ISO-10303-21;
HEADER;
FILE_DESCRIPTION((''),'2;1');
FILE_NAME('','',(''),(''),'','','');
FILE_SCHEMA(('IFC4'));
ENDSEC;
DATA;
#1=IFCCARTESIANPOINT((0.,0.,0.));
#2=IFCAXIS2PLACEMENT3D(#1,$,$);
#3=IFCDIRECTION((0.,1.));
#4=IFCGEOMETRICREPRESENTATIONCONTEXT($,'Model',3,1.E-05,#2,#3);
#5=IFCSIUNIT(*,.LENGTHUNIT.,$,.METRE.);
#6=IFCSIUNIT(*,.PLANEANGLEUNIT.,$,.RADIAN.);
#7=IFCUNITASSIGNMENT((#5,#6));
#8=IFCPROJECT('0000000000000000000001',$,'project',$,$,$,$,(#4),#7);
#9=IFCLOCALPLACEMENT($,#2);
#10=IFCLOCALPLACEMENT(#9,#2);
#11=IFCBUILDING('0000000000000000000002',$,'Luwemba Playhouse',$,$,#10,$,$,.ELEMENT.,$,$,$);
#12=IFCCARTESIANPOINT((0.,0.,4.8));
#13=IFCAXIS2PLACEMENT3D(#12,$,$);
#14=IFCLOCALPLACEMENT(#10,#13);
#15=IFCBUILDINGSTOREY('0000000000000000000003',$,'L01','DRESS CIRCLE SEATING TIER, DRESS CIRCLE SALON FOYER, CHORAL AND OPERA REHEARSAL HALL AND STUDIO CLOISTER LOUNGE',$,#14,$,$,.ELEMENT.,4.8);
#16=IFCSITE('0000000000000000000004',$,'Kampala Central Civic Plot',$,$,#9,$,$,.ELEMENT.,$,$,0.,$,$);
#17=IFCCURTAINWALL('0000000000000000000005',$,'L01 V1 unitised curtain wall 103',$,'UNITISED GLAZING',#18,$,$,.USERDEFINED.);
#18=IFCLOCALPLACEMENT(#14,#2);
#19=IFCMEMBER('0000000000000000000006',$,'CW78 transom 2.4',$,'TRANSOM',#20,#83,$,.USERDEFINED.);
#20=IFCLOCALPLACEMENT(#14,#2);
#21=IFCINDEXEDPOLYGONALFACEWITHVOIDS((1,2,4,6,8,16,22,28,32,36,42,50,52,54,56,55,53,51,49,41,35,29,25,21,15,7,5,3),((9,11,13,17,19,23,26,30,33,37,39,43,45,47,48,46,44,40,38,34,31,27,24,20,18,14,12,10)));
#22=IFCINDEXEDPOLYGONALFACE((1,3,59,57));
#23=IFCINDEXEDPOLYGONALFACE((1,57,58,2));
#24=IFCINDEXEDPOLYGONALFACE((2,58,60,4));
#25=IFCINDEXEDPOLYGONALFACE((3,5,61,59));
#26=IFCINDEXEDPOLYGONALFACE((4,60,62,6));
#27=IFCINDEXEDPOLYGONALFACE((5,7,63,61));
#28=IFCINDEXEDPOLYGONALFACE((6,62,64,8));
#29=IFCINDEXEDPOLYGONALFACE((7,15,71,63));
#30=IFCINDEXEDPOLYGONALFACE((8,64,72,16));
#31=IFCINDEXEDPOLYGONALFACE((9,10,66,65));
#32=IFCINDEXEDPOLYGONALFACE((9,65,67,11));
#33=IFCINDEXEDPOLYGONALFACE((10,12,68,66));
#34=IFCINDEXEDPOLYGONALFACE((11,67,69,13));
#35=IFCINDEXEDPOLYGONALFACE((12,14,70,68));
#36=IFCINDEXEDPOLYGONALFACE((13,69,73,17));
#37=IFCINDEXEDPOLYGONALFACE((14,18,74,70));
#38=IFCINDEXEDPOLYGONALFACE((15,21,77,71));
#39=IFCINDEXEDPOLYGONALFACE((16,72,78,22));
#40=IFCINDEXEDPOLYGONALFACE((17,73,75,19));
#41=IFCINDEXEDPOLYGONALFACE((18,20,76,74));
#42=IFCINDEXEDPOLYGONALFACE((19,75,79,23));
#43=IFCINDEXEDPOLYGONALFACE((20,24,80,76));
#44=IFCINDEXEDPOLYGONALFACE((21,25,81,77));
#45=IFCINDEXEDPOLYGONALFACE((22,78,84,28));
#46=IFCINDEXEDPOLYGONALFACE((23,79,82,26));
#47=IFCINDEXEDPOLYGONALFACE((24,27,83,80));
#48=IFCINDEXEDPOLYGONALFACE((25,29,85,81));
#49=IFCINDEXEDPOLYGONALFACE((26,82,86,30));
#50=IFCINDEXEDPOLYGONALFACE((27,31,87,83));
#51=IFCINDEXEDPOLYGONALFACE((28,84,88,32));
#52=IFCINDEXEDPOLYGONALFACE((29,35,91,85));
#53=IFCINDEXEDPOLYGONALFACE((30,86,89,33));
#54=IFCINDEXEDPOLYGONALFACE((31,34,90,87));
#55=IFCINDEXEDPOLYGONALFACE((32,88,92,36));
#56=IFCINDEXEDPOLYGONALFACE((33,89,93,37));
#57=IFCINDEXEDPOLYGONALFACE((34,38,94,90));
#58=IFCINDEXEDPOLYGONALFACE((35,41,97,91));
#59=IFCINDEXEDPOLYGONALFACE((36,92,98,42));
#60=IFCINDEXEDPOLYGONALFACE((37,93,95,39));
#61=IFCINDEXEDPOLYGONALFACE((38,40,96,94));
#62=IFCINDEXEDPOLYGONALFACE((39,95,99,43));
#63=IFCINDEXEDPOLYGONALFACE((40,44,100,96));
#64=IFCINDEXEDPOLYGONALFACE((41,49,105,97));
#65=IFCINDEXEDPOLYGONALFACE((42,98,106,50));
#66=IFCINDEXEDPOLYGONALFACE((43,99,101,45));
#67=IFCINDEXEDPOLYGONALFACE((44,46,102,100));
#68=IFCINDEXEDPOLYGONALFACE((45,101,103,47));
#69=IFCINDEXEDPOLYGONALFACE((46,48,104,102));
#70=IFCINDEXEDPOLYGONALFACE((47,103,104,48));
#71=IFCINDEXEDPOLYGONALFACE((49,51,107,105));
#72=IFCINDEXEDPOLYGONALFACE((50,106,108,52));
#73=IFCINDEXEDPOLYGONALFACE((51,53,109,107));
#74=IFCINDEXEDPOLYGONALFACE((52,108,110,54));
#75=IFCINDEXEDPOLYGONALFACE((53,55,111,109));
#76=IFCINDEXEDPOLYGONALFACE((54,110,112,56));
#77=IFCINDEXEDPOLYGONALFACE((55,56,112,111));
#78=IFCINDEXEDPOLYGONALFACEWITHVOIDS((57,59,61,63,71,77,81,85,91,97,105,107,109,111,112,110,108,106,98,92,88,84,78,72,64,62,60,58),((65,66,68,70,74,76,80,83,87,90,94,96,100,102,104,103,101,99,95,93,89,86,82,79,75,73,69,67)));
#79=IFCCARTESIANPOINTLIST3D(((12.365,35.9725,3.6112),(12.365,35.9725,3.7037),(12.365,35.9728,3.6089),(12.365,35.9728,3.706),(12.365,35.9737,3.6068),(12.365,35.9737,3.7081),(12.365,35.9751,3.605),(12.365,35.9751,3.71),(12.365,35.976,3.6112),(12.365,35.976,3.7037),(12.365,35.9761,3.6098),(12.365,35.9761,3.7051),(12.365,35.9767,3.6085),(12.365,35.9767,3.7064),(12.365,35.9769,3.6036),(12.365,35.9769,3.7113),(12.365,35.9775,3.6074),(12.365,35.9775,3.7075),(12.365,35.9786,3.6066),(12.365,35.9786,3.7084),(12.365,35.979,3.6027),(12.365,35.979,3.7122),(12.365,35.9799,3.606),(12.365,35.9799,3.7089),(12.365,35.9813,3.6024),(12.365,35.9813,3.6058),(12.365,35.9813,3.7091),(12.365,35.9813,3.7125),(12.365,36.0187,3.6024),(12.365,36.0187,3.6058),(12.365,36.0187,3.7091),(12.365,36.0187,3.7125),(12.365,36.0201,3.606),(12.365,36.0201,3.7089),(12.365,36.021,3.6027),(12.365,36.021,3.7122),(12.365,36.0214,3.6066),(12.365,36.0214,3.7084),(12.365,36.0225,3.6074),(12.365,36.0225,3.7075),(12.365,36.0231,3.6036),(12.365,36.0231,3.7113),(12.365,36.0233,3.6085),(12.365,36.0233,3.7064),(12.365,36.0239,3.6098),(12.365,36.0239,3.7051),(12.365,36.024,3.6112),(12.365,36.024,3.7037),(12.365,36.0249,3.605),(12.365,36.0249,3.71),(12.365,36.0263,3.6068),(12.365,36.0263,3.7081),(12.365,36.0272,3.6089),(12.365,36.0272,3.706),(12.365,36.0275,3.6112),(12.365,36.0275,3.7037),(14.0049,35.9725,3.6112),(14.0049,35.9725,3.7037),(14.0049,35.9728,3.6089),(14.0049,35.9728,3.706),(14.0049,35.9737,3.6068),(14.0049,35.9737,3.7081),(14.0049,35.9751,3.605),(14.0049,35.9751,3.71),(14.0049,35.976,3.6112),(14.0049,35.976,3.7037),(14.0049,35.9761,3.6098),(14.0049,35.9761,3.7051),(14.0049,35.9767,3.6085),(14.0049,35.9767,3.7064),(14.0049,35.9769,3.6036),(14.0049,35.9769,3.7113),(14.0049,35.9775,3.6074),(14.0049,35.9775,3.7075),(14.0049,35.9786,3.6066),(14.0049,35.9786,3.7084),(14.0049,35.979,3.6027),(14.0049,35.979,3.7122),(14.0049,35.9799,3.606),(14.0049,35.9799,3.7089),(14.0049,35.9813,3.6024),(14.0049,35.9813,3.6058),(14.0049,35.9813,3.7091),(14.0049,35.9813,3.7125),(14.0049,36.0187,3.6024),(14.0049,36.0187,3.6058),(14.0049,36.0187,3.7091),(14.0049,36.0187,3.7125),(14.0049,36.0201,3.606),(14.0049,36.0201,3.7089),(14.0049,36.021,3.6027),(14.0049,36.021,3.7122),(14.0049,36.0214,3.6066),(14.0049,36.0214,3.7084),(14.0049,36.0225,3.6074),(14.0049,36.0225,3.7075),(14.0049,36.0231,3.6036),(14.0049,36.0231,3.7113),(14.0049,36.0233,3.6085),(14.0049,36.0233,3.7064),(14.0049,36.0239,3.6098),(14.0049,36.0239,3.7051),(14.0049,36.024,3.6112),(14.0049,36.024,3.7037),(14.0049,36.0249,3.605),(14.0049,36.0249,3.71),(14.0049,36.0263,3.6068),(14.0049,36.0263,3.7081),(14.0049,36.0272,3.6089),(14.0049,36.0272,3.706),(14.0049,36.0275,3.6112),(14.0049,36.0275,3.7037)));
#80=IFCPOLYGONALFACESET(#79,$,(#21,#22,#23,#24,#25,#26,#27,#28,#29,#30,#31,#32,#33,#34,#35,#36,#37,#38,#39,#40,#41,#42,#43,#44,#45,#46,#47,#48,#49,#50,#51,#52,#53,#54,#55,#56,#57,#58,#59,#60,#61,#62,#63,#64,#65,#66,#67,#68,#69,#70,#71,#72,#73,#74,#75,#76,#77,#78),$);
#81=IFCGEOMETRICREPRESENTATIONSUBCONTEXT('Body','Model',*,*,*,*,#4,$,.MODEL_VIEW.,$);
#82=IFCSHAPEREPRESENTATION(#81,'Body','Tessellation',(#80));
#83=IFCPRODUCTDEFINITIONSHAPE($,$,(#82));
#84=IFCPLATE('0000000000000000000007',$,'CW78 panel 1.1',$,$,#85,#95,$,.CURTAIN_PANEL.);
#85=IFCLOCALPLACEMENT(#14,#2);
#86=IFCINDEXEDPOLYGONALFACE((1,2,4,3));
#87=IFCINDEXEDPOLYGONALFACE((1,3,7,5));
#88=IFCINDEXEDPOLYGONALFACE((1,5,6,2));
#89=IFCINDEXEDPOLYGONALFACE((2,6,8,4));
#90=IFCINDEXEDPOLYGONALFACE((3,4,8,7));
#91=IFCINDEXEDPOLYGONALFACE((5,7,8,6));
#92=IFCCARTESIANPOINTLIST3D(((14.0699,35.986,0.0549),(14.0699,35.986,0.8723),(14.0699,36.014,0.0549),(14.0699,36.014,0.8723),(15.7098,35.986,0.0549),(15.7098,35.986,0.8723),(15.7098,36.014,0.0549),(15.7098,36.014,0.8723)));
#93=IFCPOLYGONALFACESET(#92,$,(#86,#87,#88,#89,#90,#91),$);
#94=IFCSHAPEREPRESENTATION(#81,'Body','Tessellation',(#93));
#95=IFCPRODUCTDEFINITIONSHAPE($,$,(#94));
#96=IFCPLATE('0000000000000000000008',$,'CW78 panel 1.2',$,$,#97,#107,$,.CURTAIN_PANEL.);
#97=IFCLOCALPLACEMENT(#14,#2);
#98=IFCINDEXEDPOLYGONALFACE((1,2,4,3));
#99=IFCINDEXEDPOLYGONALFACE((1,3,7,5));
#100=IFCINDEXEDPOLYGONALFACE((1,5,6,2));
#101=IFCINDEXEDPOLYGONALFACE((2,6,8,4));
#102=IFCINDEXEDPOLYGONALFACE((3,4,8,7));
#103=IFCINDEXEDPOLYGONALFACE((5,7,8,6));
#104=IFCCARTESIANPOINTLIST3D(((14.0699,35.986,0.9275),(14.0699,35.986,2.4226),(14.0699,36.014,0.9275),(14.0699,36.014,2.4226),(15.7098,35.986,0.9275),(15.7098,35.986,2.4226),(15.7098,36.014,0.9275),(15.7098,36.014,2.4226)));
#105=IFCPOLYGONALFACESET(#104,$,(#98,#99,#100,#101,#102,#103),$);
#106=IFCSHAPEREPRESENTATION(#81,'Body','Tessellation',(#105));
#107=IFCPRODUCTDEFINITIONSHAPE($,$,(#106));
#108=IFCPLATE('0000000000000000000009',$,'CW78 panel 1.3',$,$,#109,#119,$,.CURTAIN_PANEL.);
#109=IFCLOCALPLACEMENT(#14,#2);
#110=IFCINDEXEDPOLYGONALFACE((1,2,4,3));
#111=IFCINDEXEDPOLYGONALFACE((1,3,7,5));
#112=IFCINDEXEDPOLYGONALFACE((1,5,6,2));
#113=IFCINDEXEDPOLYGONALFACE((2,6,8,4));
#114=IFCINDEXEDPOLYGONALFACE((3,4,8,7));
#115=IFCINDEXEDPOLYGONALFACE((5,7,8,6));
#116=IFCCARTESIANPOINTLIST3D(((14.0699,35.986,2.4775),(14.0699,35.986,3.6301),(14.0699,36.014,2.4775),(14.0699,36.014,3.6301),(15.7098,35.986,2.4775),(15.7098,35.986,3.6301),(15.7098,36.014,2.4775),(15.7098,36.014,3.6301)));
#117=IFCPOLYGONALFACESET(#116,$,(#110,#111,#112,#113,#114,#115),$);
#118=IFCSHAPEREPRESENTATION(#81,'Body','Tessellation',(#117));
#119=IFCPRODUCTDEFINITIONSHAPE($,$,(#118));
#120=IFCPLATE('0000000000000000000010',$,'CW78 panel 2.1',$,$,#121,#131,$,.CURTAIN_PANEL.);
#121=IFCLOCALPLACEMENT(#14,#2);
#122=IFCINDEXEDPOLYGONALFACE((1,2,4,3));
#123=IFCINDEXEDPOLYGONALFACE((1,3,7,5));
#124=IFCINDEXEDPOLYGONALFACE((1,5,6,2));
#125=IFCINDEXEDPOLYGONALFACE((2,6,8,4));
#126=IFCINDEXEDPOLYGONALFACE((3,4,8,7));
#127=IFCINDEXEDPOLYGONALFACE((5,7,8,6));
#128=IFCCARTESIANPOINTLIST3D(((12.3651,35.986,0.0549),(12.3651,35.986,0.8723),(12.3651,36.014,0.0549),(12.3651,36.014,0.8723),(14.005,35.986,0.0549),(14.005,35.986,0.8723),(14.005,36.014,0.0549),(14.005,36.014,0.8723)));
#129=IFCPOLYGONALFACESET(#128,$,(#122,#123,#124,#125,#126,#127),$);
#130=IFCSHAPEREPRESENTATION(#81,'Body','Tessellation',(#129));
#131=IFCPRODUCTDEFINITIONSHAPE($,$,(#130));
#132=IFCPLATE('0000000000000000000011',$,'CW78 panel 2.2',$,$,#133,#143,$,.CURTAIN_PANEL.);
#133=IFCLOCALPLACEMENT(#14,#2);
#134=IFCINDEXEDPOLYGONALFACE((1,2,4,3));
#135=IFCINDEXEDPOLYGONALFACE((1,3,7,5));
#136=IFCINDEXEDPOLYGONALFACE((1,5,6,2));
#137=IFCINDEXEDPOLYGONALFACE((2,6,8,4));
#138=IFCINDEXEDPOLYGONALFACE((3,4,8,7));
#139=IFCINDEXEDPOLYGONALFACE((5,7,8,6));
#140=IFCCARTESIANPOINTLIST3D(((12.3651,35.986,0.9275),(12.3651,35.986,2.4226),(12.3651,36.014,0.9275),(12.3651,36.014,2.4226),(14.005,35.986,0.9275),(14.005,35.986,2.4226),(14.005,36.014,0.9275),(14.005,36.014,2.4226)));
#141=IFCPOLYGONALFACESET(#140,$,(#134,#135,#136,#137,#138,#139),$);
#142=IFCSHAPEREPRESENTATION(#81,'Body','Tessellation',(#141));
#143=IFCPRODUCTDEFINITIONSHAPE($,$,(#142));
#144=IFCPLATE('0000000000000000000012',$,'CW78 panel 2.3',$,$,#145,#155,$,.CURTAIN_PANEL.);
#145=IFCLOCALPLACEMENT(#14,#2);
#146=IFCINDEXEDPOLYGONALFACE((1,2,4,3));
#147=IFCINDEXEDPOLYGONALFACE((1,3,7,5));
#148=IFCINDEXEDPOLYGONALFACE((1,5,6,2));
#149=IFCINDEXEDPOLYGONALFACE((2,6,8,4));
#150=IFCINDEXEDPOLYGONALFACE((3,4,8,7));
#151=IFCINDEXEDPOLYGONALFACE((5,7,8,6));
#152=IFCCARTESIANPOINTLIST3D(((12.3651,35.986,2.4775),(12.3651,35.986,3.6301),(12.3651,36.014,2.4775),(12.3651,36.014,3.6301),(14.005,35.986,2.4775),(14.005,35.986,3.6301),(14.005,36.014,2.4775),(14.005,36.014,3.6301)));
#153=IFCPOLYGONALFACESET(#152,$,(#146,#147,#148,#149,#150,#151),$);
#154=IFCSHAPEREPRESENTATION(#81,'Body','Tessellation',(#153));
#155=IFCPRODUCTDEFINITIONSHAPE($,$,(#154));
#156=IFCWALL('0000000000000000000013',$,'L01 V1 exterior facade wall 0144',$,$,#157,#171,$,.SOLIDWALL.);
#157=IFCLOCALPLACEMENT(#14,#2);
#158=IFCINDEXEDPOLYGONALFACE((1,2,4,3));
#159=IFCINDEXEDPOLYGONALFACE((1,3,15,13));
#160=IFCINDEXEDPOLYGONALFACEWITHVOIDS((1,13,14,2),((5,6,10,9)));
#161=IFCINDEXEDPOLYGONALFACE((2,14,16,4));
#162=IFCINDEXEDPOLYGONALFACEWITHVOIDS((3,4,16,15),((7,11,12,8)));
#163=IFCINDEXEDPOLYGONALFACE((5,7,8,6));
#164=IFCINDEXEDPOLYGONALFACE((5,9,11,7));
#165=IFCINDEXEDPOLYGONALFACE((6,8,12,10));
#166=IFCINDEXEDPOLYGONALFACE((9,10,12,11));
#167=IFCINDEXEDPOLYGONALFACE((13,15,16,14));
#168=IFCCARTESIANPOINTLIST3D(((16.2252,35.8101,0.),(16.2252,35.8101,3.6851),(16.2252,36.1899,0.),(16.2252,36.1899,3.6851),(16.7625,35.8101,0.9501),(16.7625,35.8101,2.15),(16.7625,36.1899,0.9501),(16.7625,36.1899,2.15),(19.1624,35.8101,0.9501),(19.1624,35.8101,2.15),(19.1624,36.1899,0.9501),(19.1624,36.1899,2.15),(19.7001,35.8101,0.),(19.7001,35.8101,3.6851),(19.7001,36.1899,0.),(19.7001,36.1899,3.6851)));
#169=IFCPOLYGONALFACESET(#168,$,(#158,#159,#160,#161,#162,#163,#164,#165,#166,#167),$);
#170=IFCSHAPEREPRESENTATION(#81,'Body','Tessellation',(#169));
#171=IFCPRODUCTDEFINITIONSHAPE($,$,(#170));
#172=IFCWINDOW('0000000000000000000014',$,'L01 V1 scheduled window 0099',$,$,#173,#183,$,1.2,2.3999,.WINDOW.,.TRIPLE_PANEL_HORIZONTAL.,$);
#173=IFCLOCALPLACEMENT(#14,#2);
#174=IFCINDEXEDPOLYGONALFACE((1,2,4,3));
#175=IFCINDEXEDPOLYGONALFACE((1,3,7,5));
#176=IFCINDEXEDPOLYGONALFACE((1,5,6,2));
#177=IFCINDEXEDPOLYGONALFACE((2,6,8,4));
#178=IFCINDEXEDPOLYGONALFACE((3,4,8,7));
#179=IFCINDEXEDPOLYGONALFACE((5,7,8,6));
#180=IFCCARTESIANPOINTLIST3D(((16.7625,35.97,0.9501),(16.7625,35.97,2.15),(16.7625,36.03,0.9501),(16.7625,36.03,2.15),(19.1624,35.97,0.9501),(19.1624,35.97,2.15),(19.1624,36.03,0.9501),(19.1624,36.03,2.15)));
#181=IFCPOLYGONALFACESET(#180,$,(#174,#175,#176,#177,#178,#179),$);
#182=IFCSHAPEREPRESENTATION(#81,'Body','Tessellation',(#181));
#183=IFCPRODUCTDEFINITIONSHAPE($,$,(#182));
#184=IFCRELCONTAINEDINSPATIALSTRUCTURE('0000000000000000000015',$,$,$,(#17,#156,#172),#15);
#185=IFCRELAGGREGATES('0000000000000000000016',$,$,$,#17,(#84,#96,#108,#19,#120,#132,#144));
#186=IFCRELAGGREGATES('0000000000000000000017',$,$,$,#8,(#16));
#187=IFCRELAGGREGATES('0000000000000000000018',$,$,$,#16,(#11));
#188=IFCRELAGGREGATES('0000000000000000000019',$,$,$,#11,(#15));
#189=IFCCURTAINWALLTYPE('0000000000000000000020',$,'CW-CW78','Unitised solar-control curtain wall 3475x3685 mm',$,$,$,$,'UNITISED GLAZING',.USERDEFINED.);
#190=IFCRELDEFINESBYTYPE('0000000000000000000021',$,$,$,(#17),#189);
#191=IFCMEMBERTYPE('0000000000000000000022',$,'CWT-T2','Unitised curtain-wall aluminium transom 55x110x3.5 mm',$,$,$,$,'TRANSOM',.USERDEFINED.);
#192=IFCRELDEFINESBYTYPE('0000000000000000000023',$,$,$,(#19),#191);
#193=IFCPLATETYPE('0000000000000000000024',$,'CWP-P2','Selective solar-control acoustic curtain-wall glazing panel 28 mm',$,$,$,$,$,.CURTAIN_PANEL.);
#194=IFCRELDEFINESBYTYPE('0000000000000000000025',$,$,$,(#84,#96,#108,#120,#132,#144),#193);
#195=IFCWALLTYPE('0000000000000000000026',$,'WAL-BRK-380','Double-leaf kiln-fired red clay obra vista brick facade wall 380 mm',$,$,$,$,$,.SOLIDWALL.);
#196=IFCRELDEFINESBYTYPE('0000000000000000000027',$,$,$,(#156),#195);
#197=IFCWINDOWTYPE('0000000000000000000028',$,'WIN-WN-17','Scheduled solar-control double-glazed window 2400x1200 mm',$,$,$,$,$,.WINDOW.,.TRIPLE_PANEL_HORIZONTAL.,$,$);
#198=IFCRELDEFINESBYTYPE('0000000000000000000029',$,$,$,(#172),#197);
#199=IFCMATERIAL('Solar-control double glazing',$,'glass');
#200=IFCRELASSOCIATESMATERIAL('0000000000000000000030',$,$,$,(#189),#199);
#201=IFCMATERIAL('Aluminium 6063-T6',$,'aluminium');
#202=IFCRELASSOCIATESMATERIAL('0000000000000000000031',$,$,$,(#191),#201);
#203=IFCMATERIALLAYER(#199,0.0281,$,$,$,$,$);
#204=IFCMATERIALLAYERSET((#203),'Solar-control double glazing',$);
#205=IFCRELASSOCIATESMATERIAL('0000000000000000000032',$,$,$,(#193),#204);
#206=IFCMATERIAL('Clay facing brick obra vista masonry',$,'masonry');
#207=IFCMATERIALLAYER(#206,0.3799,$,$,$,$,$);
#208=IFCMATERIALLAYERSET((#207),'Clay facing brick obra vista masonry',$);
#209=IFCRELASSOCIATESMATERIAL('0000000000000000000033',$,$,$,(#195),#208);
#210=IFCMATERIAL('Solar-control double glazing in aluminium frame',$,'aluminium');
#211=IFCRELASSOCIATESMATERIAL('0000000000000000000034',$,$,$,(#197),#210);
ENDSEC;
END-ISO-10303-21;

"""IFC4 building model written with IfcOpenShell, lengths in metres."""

from ifc_helpers import new_model, si_unit, direction, frame, frame_2d, origin, origin_2d, place, context, subcontext, project, spatial, rectangle, hollow_rectangle, extrude, material, layer, layer_set, material_profile, profile_set, type_object, element, fill, aggregate, save


model = new_model("IFC4")

# Units and contexts
model_context = context("Model", 3, precision=1e-05, world=origin(), true_north=direction((0.0, 1.0)))
body_context = subcontext(model_context, "Body", "Model", "MODEL_VIEW")
ifc_project = project(units=[si_unit("LENGTHUNIT", "METRE"), si_unit("PLANEANGLEUNIT", "RADIAN")], contexts=[model_context])

# Site, building, storey
site_placement = place(None, origin())
site = spatial("IfcSite", under=ifc_project, at=site_placement, Name="Kampala Central Civic Plot", CompositionType="ELEMENT", RefElevation=0.0)
building_placement = place(site_placement, origin())
building = spatial("IfcBuilding", under=site, at=building_placement, Name="Luwemba Playhouse", CompositionType="ELEMENT")
storey_placement = place(building_placement, frame((0.0, 0.0, 4.8)))
storey = spatial("IfcBuildingStorey", under=building, at=storey_placement, Name="L01", Description="DRESS CIRCLE SEATING TIER, DRESS CIRCLE SALON FOYER, CHORAL AND OPERA REHEARSAL HALL AND STUDIO CLOISTER LOUNGE", CompositionType="ELEMENT", Elevation=4.8)

# Curtain wall, member, plates
ifc_material_1 = material(Name="Solar-control double glazing", Category="glass")
curtain_wall_type = type_object("IfcCurtainWallType", Name="CW-CW78", Description="Unitised solar-control curtain wall 3475x3685 mm", ElementType="UNITISED GLAZING", PredefinedType="USERDEFINED", material=ifc_material_1)
curtain_wall_placement = place(storey_placement, origin())
curtain_wall = element("IfcCurtainWall", 1, at=curtain_wall_placement, inside=storey, type_object=curtain_wall_type, Name="L01 V1 unitised curtain wall 103", ObjectType="UNITISED GLAZING", PredefinedType="USERDEFINED")
ifc_material_2 = material(Name="Aluminium 6063-T6", Category="aluminium")
ifc_material_profile_1 = material_profile(ifc_material_2, hollow_rectangle(XDim=0.0549, YDim=0.1101, WallThickness=0.0034, InnerFilletRadius=0.0054, OuterFilletRadius=0.0088, at=origin_2d()))
ifc_profile_set_1 = profile_set([ifc_material_profile_1], Name="Aluminium 6063-T6")
member_type_1 = type_object("IfcMemberType", Name="CWT-T2", Description="Unitised curtain-wall aluminium transom 55x110x3.5 mm", ElementType="TRANSOM", PredefinedType="USERDEFINED", material=ifc_profile_set_1)
member_1_placement = place(storey_placement, frame((14.0049, 36.0, 3.6575), z_axis=(-1.0, 0.0, 0.0), x_axis=(0.0, -1.0, 0.0)))
member_1 = element("IfcMember", 2, at=member_1_placement, type_object=member_type_1, Name="CW78 transom 2.4", ObjectType="TRANSOM", PredefinedType="USERDEFINED", context=body_context, shape_type="SweptSolid", body=[
    extrude(hollow_rectangle(XDim=0.0549, YDim=0.1101, WallThickness=0.0034, InnerFilletRadius=0.0054, OuterFilletRadius=0.0088, at=origin_2d()), origin(), (0.0, 0.0, 1.0), 1.6399),
])
ifc_layer_1 = layer(ifc_material_1, 0.0281)
ifc_layer_set_1 = layer_set([ifc_layer_1], Name="Solar-control double glazing")
plate_type = type_object("IfcPlateType", Name="CWP-P2", Description="Selective solar-control acoustic curtain-wall glazing panel 28 mm", PredefinedType="CURTAIN_PANEL", material=ifc_layer_set_1)
plate_1_placement = place(storey_placement, frame((14.8899, 36.0, 0.0549), z_axis=(0.0, 0.0, 1.0), x_axis=(-1.0, 0.0, 0.0)))
plate_1 = element("IfcPlate", 3, at=plate_1_placement, type_object=plate_type, Name="CW78 panel 1.1", PredefinedType="CURTAIN_PANEL", context=body_context, shape_type="SweptSolid", body=[
    extrude(rectangle(XDim=1.6399, YDim=0.0281, at=origin_2d()), origin(), (0.0, 0.0, 1.0), 0.8174),
])
plate_2_placement = place(storey_placement, frame((14.8899, 36.0, 0.9275), z_axis=(0.0, 0.0, 1.0), x_axis=(-1.0, 0.0, 0.0)))
plate_2 = element("IfcPlate", 4, at=plate_2_placement, type_object=plate_type, Name="CW78 panel 1.2", PredefinedType="CURTAIN_PANEL", context=body_context, shape_type="SweptSolid", body=[
    extrude(rectangle(XDim=1.6399, YDim=0.0281, at=origin_2d()), origin(), (0.0, 0.0, 1.0), 1.4951),
])
plate_3_placement = place(storey_placement, frame((14.8899, 36.0, 2.4775), z_axis=(0.0, 0.0, 1.0), x_axis=(-1.0, 0.0, 0.0)))
plate_3 = element("IfcPlate", 5, at=plate_3_placement, type_object=plate_type, Name="CW78 panel 1.3", PredefinedType="CURTAIN_PANEL", context=body_context, shape_type="SweptSolid", body=[
    extrude(rectangle(XDim=1.6399, YDim=0.0281, at=origin_2d()), origin(), (0.0, 0.0, 1.0), 1.1526),
])
plate_4_placement = place(storey_placement, frame((13.1851, 36.0, 0.0549), z_axis=(0.0, 0.0, 1.0), x_axis=(-1.0, 0.0, 0.0)))
plate_4 = element("IfcPlate", 6, at=plate_4_placement, type_object=plate_type, Name="CW78 panel 2.1", PredefinedType="CURTAIN_PANEL", context=body_context, shape_type="SweptSolid", body=[
    extrude(rectangle(XDim=1.6399, YDim=0.0281, at=origin_2d()), origin(), (0.0, 0.0, 1.0), 0.8174),
])
plate_5_placement = place(storey_placement, frame((13.1851, 36.0, 0.9275), z_axis=(0.0, 0.0, 1.0), x_axis=(-1.0, 0.0, 0.0)))
plate_5 = element("IfcPlate", 7, at=plate_5_placement, type_object=plate_type, Name="CW78 panel 2.2", PredefinedType="CURTAIN_PANEL", context=body_context, shape_type="SweptSolid", body=[
    extrude(rectangle(XDim=1.6399, YDim=0.0281, at=origin_2d()), origin(), (0.0, 0.0, 1.0), 1.4951),
])
plate_6_placement = place(storey_placement, frame((13.1851, 36.0, 2.4775), z_axis=(0.0, 0.0, 1.0), x_axis=(-1.0, 0.0, 0.0)))
plate_6 = element("IfcPlate", 8, at=plate_6_placement, type_object=plate_type, Name="CW78 panel 2.3", PredefinedType="CURTAIN_PANEL", context=body_context, shape_type="SweptSolid", body=[
    extrude(rectangle(XDim=1.6399, YDim=0.0281, at=origin_2d()), origin(), (0.0, 0.0, 1.0), 1.1526),
])
aggregate(curtain_wall, [plate_1, plate_2, plate_3, member_1, plate_4, plate_5, plate_6])

# Wall, opening, window
ifc_material_3 = material(Name="Clay facing brick obra vista masonry", Category="masonry")
ifc_layer_2 = layer(ifc_material_3, 0.3799)
ifc_layer_set_2 = layer_set([ifc_layer_2], Name="Clay facing brick obra vista masonry")
wall_type_1 = type_object("IfcWallType", Name="WAL-BRK-380", Description="Double-leaf kiln-fired red clay obra vista brick facade wall 380 mm", PredefinedType="SOLIDWALL", material=ifc_layer_set_2)
wall_1_placement = place(storey_placement, frame((19.7, 36.0, 0.0), z_axis=(0.0, 0.0, 1.0), x_axis=(-1.0, 0.0, 0.0)))
wall_1 = element("IfcWall", 9, at=wall_1_placement, inside=storey, type_object=wall_type_1, Name="L01 V1 exterior facade wall 0144", PredefinedType="SOLIDWALL", context=body_context, shape_type="SweptSolid", body=[
    extrude(rectangle(XDim=3.4749, YDim=0.3799, at=frame_2d((1.7373, 0.0))), origin(), (0.0, 0.0, 1.0), 3.6851),
])
opening_1_placement = place(wall_1_placement, frame((0.5376, 0.0, 0.95)))
opening_1 = element("IfcOpeningElement", 10, at=opening_1_placement, cuts=wall_1, PredefinedType="OPENING", context=body_context, shape_type="SweptSolid", body=[
    extrude(rectangle(XDim=2.3999, YDim=1.2, at=frame_2d((1.2, 0.6001))), frame((0.0, 0.2, 0.0), z_axis=(0.0, -1.0, 0.0), x_axis=(1.0, 0.0, 0.0)), (0.0, 0.0, 1.0), 0.3999),
])
ifc_material_4 = material(Name="Solar-control double glazing in aluminium frame", Category="aluminium")
window_type = type_object("IfcWindowType", Name="WIN-WN-17", Description="Scheduled solar-control double-glazed window 2400x1200 mm", PartitioningType="TRIPLE_PANEL_HORIZONTAL", PredefinedType="WINDOW", material=ifc_material_4)
window_placement = place(opening_1_placement, origin())
window = element("IfcWindow", 11, at=window_placement, inside=storey, type_object=window_type, Name="L01 V1 scheduled window 0099", OverallHeight=1.2, OverallWidth=2.3999, PartitioningType="TRIPLE_PANEL_HORIZONTAL", PredefinedType="WINDOW", context=body_context, shape_type="SweptSolid", body=[
    extrude(rectangle(XDim=2.3999, YDim=1.2, at=frame_2d((1.2, 0.6001))), frame((0.0, 0.03, 0.0), z_axis=(0.0, -1.0, 0.0), x_axis=(1.0, 0.0, 0.0)), (0.0, 0.0, 1.0), 0.0601),
])
fill(opening_1, window)

save(model, "model.ifc")
